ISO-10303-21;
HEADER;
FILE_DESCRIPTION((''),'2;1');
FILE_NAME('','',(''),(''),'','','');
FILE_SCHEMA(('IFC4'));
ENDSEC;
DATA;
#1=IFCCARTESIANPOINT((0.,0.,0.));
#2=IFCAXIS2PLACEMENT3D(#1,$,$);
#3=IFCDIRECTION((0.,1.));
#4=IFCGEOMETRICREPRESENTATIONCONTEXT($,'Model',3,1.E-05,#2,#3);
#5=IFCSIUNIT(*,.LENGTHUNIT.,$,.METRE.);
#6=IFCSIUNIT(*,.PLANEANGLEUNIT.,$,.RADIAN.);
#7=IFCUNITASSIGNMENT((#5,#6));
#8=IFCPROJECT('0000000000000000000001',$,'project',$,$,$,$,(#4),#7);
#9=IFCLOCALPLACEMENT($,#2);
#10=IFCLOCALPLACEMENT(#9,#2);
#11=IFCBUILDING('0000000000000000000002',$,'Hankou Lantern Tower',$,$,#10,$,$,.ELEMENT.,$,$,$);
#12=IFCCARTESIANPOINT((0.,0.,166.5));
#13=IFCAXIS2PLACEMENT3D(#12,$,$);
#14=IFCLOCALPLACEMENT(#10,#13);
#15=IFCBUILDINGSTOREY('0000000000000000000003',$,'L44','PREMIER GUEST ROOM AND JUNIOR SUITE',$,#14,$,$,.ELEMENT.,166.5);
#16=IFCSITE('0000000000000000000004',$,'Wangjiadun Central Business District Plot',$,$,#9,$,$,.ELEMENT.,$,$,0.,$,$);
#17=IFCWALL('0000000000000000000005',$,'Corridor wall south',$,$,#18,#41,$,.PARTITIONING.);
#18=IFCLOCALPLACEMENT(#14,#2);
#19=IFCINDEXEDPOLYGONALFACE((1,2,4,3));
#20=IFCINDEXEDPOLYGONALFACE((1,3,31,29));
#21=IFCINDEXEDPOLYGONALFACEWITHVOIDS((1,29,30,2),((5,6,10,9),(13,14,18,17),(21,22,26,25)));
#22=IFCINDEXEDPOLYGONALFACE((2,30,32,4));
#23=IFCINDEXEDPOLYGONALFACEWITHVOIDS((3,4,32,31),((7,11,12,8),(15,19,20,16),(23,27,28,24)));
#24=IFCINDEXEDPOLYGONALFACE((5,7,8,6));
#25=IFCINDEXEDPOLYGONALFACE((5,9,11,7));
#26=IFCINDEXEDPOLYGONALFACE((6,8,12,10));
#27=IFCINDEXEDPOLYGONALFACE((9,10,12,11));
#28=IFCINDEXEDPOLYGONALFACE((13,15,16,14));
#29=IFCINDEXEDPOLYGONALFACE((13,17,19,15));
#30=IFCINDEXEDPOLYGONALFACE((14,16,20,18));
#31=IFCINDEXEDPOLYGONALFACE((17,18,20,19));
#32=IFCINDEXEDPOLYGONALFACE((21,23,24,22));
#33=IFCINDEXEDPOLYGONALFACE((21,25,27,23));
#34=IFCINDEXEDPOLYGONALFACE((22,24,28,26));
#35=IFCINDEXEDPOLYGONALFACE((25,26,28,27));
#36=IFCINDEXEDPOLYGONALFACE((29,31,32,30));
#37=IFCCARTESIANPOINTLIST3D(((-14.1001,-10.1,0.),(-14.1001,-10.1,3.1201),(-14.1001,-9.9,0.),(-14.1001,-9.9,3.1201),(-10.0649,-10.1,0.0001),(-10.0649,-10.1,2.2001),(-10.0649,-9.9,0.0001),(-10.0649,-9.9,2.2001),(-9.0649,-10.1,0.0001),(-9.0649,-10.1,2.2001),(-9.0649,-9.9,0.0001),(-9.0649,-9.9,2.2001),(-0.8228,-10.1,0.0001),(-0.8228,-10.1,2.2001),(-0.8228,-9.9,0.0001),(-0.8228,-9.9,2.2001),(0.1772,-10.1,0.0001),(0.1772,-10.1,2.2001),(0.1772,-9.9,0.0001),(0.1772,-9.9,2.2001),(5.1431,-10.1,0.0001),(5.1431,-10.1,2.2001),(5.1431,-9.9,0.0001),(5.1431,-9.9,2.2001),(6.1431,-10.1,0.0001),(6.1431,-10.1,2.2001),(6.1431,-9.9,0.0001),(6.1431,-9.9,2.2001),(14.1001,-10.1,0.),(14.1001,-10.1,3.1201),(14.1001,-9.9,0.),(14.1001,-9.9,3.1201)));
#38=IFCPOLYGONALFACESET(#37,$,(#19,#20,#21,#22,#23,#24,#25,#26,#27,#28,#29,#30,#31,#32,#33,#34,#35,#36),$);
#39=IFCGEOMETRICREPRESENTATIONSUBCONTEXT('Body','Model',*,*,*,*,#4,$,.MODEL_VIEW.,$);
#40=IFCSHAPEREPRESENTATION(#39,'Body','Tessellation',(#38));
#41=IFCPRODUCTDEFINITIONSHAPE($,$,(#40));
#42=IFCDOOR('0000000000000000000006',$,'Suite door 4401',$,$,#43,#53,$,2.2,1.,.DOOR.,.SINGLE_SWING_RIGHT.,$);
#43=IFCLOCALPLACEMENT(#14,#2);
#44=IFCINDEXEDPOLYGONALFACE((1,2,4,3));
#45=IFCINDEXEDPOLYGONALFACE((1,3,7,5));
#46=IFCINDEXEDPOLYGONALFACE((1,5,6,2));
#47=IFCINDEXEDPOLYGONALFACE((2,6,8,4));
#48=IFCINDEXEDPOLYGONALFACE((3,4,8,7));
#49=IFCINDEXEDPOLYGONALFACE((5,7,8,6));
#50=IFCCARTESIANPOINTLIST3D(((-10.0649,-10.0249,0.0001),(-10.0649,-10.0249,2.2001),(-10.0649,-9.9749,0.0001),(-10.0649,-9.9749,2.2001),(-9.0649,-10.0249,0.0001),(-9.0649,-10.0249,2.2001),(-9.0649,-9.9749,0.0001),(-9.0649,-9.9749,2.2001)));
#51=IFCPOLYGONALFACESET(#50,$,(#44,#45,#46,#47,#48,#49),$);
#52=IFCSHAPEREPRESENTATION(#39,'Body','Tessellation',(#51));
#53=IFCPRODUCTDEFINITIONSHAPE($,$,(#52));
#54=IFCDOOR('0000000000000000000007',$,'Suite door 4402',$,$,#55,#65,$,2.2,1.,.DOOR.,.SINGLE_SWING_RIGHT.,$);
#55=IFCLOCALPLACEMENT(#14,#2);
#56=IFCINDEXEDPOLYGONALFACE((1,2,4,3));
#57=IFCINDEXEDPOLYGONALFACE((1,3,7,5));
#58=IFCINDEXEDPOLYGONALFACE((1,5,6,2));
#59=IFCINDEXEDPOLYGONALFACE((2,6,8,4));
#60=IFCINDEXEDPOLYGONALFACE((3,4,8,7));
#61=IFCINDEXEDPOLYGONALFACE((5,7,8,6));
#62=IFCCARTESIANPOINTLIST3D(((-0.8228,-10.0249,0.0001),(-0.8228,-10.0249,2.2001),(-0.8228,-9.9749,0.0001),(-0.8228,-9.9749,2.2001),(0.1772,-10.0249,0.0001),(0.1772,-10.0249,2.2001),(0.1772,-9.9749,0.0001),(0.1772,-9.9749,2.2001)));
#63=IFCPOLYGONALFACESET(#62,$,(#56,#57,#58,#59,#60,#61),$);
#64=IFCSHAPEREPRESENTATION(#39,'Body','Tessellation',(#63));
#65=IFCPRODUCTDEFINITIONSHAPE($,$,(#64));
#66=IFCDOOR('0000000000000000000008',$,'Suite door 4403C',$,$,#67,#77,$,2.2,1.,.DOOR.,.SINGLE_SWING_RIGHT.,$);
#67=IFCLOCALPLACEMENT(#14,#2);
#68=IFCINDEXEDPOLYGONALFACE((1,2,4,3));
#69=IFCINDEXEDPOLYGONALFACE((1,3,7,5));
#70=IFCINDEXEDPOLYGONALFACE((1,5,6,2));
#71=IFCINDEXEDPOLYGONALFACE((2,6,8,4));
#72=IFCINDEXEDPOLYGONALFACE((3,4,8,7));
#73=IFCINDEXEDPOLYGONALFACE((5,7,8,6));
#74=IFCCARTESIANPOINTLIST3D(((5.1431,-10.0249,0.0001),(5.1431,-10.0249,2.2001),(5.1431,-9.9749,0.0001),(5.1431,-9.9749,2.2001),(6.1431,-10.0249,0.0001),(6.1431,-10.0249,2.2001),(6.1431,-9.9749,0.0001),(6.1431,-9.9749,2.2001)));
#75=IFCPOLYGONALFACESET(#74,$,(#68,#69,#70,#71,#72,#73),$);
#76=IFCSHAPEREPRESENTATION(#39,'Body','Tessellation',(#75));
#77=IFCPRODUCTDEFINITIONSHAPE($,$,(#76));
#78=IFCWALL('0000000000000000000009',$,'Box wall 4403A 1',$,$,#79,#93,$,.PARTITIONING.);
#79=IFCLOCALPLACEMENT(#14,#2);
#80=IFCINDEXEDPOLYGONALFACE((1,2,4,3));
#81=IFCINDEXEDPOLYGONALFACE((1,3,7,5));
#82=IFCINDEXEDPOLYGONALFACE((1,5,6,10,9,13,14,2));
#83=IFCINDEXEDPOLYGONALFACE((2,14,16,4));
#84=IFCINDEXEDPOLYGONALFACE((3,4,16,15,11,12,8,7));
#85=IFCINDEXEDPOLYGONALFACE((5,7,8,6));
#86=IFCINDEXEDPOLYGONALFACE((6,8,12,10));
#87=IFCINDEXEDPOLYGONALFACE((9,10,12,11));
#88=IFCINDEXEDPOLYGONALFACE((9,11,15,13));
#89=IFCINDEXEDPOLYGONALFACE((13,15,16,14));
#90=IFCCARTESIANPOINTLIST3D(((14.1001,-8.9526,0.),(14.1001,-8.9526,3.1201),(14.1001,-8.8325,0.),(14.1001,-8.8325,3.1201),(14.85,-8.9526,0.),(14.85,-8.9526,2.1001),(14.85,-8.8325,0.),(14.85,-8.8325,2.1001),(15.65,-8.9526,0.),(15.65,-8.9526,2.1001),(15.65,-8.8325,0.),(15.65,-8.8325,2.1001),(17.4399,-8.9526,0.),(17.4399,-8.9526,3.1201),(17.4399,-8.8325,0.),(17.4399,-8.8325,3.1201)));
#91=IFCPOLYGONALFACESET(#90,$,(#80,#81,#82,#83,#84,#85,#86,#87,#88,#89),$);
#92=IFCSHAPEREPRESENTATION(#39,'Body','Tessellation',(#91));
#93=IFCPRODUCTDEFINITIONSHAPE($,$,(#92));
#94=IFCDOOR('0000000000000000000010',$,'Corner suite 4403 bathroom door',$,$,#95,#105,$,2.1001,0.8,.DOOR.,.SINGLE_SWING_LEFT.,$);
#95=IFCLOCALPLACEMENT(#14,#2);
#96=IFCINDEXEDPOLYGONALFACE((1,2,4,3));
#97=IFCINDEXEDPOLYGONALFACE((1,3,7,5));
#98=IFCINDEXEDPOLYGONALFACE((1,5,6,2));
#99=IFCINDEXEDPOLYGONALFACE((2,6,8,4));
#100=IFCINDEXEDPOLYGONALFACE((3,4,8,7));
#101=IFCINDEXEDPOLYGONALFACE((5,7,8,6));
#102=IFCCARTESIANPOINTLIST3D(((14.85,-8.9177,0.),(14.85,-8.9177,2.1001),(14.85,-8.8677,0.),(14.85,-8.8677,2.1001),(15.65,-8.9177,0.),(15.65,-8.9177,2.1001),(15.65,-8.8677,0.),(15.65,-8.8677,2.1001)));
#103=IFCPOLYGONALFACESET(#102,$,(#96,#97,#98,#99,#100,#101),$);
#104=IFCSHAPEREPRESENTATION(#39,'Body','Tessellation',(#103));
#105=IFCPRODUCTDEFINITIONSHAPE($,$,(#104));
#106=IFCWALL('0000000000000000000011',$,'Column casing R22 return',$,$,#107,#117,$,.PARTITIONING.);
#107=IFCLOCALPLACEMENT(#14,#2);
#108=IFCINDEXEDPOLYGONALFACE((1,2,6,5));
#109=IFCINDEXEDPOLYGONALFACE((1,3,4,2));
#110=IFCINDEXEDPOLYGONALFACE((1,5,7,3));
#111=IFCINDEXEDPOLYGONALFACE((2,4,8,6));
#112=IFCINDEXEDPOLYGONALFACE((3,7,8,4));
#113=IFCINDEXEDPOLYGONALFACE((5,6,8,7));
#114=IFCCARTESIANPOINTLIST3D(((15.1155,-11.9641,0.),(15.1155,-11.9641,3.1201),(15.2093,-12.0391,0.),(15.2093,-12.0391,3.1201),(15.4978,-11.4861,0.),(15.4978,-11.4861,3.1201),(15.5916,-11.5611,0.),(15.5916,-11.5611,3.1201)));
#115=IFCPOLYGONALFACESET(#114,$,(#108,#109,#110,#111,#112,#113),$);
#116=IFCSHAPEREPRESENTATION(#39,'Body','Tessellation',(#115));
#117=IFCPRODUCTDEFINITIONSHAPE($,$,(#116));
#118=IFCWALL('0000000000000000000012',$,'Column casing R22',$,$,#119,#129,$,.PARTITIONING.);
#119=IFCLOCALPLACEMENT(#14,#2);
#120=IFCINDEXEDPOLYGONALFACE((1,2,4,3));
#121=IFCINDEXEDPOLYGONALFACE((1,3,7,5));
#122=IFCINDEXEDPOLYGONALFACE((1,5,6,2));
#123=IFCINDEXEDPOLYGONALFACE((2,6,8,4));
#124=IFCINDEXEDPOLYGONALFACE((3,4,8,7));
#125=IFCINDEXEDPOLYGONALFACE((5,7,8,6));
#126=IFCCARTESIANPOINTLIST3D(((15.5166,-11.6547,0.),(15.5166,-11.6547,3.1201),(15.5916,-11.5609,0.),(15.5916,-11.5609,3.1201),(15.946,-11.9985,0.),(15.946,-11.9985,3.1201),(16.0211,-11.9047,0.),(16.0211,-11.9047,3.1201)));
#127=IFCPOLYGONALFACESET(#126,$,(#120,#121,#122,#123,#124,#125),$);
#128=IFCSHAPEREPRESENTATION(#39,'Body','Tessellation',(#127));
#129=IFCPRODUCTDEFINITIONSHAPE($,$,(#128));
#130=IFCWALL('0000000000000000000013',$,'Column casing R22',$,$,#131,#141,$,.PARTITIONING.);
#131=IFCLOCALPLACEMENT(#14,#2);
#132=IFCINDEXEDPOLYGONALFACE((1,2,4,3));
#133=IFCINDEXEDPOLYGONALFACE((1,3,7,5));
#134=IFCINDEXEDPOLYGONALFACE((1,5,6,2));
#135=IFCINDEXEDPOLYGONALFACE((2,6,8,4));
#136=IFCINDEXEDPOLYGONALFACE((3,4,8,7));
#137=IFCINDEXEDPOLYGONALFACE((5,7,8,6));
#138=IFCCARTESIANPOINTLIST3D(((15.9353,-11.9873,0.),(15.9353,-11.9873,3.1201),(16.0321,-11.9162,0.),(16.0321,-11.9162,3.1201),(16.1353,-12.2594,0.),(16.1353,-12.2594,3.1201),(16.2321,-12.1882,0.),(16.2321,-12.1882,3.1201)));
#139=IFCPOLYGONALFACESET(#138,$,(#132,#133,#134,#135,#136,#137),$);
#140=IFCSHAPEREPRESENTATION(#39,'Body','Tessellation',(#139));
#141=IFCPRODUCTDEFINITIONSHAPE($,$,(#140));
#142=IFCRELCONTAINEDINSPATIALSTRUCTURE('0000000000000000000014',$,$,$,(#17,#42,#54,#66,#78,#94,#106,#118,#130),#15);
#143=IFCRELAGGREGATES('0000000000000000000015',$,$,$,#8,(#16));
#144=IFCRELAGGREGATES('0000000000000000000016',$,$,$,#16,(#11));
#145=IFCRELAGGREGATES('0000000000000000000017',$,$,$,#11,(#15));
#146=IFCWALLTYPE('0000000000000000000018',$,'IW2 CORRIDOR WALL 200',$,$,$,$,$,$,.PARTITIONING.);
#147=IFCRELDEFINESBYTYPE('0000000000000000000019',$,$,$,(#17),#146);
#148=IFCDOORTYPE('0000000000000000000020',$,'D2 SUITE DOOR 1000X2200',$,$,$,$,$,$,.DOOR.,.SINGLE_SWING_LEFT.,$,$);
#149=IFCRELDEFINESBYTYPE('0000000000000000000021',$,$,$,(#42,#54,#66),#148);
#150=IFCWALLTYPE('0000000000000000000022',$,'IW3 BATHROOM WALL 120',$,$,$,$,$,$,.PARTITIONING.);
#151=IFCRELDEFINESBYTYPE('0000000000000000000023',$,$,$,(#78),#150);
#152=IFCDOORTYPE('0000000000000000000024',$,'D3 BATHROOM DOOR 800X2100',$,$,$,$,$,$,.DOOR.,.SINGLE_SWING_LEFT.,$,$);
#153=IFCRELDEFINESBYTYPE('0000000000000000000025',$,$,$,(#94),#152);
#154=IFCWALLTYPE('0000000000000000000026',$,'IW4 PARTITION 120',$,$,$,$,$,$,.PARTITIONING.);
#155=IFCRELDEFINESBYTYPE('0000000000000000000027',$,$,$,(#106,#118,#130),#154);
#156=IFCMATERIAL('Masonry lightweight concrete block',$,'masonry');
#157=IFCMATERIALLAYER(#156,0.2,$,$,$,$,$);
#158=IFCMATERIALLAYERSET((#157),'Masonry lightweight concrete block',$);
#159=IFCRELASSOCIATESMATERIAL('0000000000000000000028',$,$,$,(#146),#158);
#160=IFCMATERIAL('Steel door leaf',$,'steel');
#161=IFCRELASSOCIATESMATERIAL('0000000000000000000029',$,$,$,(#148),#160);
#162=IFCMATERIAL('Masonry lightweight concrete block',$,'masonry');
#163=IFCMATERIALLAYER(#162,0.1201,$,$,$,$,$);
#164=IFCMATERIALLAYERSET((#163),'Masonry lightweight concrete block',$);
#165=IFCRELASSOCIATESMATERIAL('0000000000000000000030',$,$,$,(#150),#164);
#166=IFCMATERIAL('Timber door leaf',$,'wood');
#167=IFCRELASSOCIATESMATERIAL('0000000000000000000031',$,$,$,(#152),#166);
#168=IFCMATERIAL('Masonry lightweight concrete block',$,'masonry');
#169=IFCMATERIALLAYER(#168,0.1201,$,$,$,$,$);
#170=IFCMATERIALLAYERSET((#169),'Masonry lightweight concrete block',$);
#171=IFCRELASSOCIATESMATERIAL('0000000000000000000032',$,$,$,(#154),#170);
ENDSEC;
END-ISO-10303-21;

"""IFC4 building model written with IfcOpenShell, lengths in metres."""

from ifc_helpers import new_model, si_unit, direction, frame, frame_2d, origin, place, context, subcontext, project, spatial, rectangle, extrude, material, layer, layer_set, type_object, element, fill, save


model = new_model("IFC4")

# Units and contexts
model_context = context("Model", 3, precision=1e-05, world=origin(), true_north=direction((0.0, 1.0)))
body_context = subcontext(model_context, "Body", "Model", "MODEL_VIEW")
ifc_project = project(units=[si_unit("LENGTHUNIT", "METRE"), si_unit("PLANEANGLEUNIT", "RADIAN")], contexts=[model_context])

# Site, building, storey
site_placement = place(None, origin())
site = spatial("IfcSite", under=ifc_project, at=site_placement, Name="Wangjiadun Central Business District Plot", CompositionType="ELEMENT", RefElevation=0.0)
building_placement = place(site_placement, origin())
building = spatial("IfcBuilding", under=site, at=building_placement, Name="Hankou Lantern Tower", CompositionType="ELEMENT")
storey_placement = place(building_placement, frame((0.0, 0.0, 166.5)))
storey = spatial("IfcBuildingStorey", under=building, at=storey_placement, Name="L44", Description="PREMIER GUEST ROOM AND JUNIOR SUITE", CompositionType="ELEMENT", Elevation=166.5)

# Wall, openings, doors
ifc_material_1 = material(Name="Masonry lightweight concrete block", Category="masonry")
ifc_layer_1 = layer(ifc_material_1, 0.2)
ifc_layer_set_1 = layer_set([ifc_layer_1], Name="Masonry lightweight concrete block")
wall_type_1 = type_object("IfcWallType", Name="IW2 CORRIDOR WALL 200", PredefinedType="PARTITIONING", material=ifc_layer_set_1)
ifc_material_2 = material(Name="Steel door leaf", Category="steel")
door_type_1 = type_object("IfcDoorType", Name="D2 SUITE DOOR 1000X2200", OperationType="SINGLE_SWING_LEFT", PredefinedType="DOOR", material=ifc_material_2)
wall_1_placement = place(storey_placement, frame((14.1001, -10.0, 0.0), z_axis=(0.0, 0.0, 1.0), x_axis=(-1.0, 0.0, 0.0)))
wall_1 = element("IfcWall", 1, at=wall_1_placement, inside=storey, type_object=wall_type_1, Name="Corridor wall south", PredefinedType="PARTITIONING", context=body_context, shape_type="SweptSolid", body=[
    extrude(rectangle(XDim=28.2002, YDim=0.2, at=frame_2d((14.1001, 0.0))), origin(), (0.0, 0.0, 1.0), 3.1201),
])
opening_1_placement = place(wall_1_placement, frame((23.165, 0.0, 0.0)))
opening_1 = element("IfcOpeningElement", 2, at=opening_1_placement, cuts=wall_1, PredefinedType="OPENING", context=body_context, shape_type="SweptSolid", body=[
    extrude(rectangle(XDim=1.0, YDim=2.2, at=frame_2d((0.5, 1.1001))), frame((0.0, 0.1099, 0.0), z_axis=(0.0, -1.0, 0.0), x_axis=(1.0, 0.0, 0.0)), (0.0, 0.0, 1.0), 0.22),
])
opening_2_placement = place(wall_1_placement, frame((13.9229, 0.0, 0.0)))
opening_2 = element("IfcOpeningElement", 3, at=opening_2_placement, cuts=wall_1, PredefinedType="OPENING", context=body_context, shape_type="SweptSolid", body=[
    extrude(rectangle(XDim=1.0, YDim=2.2, at=frame_2d((0.5, 1.1001))), frame((0.0, 0.1099, 0.0), z_axis=(0.0, -1.0, 0.0), x_axis=(1.0, 0.0, 0.0)), (0.0, 0.0, 1.0), 0.22),
])
opening_3_placement = place(wall_1_placement, frame((7.957, 0.0, 0.0)))
opening_3 = element("IfcOpeningElement", 4, at=opening_3_placement, cuts=wall_1, PredefinedType="OPENING", context=body_context, shape_type="SweptSolid", body=[
    extrude(rectangle(XDim=1.0, YDim=2.2, at=frame_2d((0.5, 1.1001))), frame((0.0, 0.1099, 0.0), z_axis=(0.0, -1.0, 0.0), x_axis=(1.0, 0.0, 0.0)), (0.0, 0.0, 1.0), 0.22),
])
door_1_placement = place(opening_1_placement, origin())
door_1 = element("IfcDoor", 5, at=door_1_placement, inside=storey, type_object=door_type_1, Name="Suite door 4401", OperationType="SINGLE_SWING_RIGHT", OverallHeight=2.2, OverallWidth=1.0, PredefinedType="DOOR", context=body_context, shape_type="SweptSolid", body=[
    extrude(rectangle(XDim=1.0, YDim=2.2, at=frame_2d((0.5, 1.1001))), frame((0.0, 0.0249, 0.0), z_axis=(0.0, -1.0, 0.0), x_axis=(1.0, 0.0, 0.0)), (0.0, 0.0, 1.0), 0.05),
])
fill(opening_1, door_1)
door_2_placement = place(opening_2_placement, origin())
door_2 = element("IfcDoor", 6, at=door_2_placement, inside=storey, type_object=door_type_1, Name="Suite door 4402", OperationType="SINGLE_SWING_RIGHT", OverallHeight=2.2, OverallWidth=1.0, PredefinedType="DOOR", context=body_context, shape_type="SweptSolid", body=[
    extrude(rectangle(XDim=1.0, YDim=2.2, at=frame_2d((0.5, 1.1001))), frame((0.0, 0.0249, 0.0), z_axis=(0.0, -1.0, 0.0), x_axis=(1.0, 0.0, 0.0)), (0.0, 0.0, 1.0), 0.05),
])
fill(opening_2, door_2)
door_3_placement = place(opening_3_placement, origin())
door_3 = element("IfcDoor", 7, at=door_3_placement, inside=storey, type_object=door_type_1, Name="Suite door 4403C", OperationType="SINGLE_SWING_RIGHT", OverallHeight=2.2, OverallWidth=1.0, PredefinedType="DOOR", context=body_context, shape_type="SweptSolid", body=[
    extrude(rectangle(XDim=1.0, YDim=2.2, at=frame_2d((0.5, 1.1001))), frame((0.0, 0.0249, 0.0), z_axis=(0.0, -1.0, 0.0), x_axis=(1.0, 0.0, 0.0)), (0.0, 0.0, 1.0), 0.05),
])
fill(opening_3, door_3)

# Wall, opening, door
ifc_material_3 = material(Name="Masonry lightweight concrete block", Category="masonry")
ifc_layer_2 = layer(ifc_material_3, 0.1201)
ifc_layer_set_2 = layer_set([ifc_layer_2], Name="Masonry lightweight concrete block")
wall_type_2 = type_object("IfcWallType", Name="IW3 BATHROOM WALL 120", PredefinedType="PARTITIONING", material=ifc_layer_set_2)
wall_2_placement = place(storey_placement, frame((14.1001, -8.8926, 0.0), z_axis=(0.0, 0.0, 1.0), x_axis=(1.0, 0.0, 0.0)))
wall_2 = element("IfcWall", 8, at=wall_2_placement, inside=storey, type_object=wall_type_2, Name="Box wall 4403A 1", PredefinedType="PARTITIONING", context=body_context, shape_type="SweptSolid", body=[
    extrude(rectangle(XDim=3.3398, YDim=0.1201, at=frame_2d((1.6699, 0.0))), origin(), (0.0, 0.0, 1.0), 3.1201),
])
opening_4_placement = place(wall_2_placement, frame((0.75, 0.0, 0.0)))
opening_4 = element("IfcOpeningElement", 9, at=opening_4_placement, cuts=wall_2, PredefinedType="OPENING", context=body_context, shape_type="SweptSolid", body=[
    extrude(rectangle(XDim=0.8, YDim=2.1001, at=frame_2d((0.3999, 1.05))), frame((0.0, 0.0701, 0.0), z_axis=(0.0, -1.0, 0.0), x_axis=(1.0, 0.0, 0.0)), (0.0, 0.0, 1.0), 0.1401),
])
ifc_material_4 = material(Name="Timber door leaf", Category="wood")
door_type_2 = type_object("IfcDoorType", Name="D3 BATHROOM DOOR 800X2100", OperationType="SINGLE_SWING_LEFT", PredefinedType="DOOR", material=ifc_material_4)
door_4_placement = place(opening_4_placement, origin())
door_4 = element("IfcDoor", 10, at=door_4_placement, inside=storey, type_object=door_type_2, Name="Corner suite 4403 bathroom door", OperationType="SINGLE_SWING_LEFT", OverallHeight=2.1001, OverallWidth=0.8, PredefinedType="DOOR", context=body_context, shape_type="SweptSolid", body=[
    extrude(rectangle(XDim=0.8, YDim=2.1001, at=frame_2d((0.3999, 1.05))), frame((0.0, 0.0249, 0.0), z_axis=(0.0, -1.0, 0.0), x_axis=(1.0, 0.0, 0.0)), (0.0, 0.0, 1.0), 0.05),
])
fill(opening_4, door_4)

# Walls
ifc_material_5 = material(Name="Masonry lightweight concrete block", Category="masonry")
ifc_layer_3 = layer(ifc_material_5, 0.1201)
ifc_layer_set_3 = layer_set([ifc_layer_3], Name="Masonry lightweight concrete block")
wall_type_3 = type_object("IfcWallType", Name="IW4 PARTITION 120", PredefinedType="PARTITIONING", material=ifc_layer_set_3)
wall_3_placement = place(storey_placement, frame((15.1624, -12.0017, 0.0), z_axis=(0.0, 0.0, 1.0), x_axis=(0.624598, 0.780947, 0.0)))
element("IfcWall", 11, at=wall_3_placement, inside=storey, type_object=wall_type_3, Name="Column casing R22 return", PredefinedType="PARTITIONING", context=body_context, shape_type="SweptSolid", body=[
    extrude(rectangle(XDim=0.6121, YDim=0.1201, at=frame_2d((0.3062, 0.0))), origin(), (0.0, 0.0, 1.0), 3.1201),
])
wall_4_placement = place(storey_placement, frame((15.5542, -11.6079, 0.0), z_axis=(0.0, 0.0, 1.0), x_axis=(0.780696, -0.624912, 0.0)))
element("IfcWall", 12, at=wall_4_placement, inside=storey, type_object=wall_type_3, Name="Column casing R22", PredefinedType="PARTITIONING", context=body_context, shape_type="SweptSolid", body=[
    extrude(rectangle(XDim=0.55, YDim=0.1201, at=frame_2d((0.2749, 0.0))), origin(), (0.0, 0.0, 1.0), 3.1201),
])
wall_5_placement = place(storey_placement, frame((15.9836, -11.9517, 0.0), z_axis=(0.0, 0.0, 1.0), x_axis=(0.592335, -0.805692, 0.0)))
element("IfcWall", 13, at=wall_5_placement, inside=storey, type_object=wall_type_3, Name="Column casing R22", PredefinedType="PARTITIONING", context=body_context, shape_type="SweptSolid", body=[
    extrude(rectangle(XDim=0.3376, YDim=0.1201, at=frame_2d((0.1689, 0.0))), origin(), (0.0, 0.0, 1.0), 3.1201),
])

save(model, "model.ifc")
